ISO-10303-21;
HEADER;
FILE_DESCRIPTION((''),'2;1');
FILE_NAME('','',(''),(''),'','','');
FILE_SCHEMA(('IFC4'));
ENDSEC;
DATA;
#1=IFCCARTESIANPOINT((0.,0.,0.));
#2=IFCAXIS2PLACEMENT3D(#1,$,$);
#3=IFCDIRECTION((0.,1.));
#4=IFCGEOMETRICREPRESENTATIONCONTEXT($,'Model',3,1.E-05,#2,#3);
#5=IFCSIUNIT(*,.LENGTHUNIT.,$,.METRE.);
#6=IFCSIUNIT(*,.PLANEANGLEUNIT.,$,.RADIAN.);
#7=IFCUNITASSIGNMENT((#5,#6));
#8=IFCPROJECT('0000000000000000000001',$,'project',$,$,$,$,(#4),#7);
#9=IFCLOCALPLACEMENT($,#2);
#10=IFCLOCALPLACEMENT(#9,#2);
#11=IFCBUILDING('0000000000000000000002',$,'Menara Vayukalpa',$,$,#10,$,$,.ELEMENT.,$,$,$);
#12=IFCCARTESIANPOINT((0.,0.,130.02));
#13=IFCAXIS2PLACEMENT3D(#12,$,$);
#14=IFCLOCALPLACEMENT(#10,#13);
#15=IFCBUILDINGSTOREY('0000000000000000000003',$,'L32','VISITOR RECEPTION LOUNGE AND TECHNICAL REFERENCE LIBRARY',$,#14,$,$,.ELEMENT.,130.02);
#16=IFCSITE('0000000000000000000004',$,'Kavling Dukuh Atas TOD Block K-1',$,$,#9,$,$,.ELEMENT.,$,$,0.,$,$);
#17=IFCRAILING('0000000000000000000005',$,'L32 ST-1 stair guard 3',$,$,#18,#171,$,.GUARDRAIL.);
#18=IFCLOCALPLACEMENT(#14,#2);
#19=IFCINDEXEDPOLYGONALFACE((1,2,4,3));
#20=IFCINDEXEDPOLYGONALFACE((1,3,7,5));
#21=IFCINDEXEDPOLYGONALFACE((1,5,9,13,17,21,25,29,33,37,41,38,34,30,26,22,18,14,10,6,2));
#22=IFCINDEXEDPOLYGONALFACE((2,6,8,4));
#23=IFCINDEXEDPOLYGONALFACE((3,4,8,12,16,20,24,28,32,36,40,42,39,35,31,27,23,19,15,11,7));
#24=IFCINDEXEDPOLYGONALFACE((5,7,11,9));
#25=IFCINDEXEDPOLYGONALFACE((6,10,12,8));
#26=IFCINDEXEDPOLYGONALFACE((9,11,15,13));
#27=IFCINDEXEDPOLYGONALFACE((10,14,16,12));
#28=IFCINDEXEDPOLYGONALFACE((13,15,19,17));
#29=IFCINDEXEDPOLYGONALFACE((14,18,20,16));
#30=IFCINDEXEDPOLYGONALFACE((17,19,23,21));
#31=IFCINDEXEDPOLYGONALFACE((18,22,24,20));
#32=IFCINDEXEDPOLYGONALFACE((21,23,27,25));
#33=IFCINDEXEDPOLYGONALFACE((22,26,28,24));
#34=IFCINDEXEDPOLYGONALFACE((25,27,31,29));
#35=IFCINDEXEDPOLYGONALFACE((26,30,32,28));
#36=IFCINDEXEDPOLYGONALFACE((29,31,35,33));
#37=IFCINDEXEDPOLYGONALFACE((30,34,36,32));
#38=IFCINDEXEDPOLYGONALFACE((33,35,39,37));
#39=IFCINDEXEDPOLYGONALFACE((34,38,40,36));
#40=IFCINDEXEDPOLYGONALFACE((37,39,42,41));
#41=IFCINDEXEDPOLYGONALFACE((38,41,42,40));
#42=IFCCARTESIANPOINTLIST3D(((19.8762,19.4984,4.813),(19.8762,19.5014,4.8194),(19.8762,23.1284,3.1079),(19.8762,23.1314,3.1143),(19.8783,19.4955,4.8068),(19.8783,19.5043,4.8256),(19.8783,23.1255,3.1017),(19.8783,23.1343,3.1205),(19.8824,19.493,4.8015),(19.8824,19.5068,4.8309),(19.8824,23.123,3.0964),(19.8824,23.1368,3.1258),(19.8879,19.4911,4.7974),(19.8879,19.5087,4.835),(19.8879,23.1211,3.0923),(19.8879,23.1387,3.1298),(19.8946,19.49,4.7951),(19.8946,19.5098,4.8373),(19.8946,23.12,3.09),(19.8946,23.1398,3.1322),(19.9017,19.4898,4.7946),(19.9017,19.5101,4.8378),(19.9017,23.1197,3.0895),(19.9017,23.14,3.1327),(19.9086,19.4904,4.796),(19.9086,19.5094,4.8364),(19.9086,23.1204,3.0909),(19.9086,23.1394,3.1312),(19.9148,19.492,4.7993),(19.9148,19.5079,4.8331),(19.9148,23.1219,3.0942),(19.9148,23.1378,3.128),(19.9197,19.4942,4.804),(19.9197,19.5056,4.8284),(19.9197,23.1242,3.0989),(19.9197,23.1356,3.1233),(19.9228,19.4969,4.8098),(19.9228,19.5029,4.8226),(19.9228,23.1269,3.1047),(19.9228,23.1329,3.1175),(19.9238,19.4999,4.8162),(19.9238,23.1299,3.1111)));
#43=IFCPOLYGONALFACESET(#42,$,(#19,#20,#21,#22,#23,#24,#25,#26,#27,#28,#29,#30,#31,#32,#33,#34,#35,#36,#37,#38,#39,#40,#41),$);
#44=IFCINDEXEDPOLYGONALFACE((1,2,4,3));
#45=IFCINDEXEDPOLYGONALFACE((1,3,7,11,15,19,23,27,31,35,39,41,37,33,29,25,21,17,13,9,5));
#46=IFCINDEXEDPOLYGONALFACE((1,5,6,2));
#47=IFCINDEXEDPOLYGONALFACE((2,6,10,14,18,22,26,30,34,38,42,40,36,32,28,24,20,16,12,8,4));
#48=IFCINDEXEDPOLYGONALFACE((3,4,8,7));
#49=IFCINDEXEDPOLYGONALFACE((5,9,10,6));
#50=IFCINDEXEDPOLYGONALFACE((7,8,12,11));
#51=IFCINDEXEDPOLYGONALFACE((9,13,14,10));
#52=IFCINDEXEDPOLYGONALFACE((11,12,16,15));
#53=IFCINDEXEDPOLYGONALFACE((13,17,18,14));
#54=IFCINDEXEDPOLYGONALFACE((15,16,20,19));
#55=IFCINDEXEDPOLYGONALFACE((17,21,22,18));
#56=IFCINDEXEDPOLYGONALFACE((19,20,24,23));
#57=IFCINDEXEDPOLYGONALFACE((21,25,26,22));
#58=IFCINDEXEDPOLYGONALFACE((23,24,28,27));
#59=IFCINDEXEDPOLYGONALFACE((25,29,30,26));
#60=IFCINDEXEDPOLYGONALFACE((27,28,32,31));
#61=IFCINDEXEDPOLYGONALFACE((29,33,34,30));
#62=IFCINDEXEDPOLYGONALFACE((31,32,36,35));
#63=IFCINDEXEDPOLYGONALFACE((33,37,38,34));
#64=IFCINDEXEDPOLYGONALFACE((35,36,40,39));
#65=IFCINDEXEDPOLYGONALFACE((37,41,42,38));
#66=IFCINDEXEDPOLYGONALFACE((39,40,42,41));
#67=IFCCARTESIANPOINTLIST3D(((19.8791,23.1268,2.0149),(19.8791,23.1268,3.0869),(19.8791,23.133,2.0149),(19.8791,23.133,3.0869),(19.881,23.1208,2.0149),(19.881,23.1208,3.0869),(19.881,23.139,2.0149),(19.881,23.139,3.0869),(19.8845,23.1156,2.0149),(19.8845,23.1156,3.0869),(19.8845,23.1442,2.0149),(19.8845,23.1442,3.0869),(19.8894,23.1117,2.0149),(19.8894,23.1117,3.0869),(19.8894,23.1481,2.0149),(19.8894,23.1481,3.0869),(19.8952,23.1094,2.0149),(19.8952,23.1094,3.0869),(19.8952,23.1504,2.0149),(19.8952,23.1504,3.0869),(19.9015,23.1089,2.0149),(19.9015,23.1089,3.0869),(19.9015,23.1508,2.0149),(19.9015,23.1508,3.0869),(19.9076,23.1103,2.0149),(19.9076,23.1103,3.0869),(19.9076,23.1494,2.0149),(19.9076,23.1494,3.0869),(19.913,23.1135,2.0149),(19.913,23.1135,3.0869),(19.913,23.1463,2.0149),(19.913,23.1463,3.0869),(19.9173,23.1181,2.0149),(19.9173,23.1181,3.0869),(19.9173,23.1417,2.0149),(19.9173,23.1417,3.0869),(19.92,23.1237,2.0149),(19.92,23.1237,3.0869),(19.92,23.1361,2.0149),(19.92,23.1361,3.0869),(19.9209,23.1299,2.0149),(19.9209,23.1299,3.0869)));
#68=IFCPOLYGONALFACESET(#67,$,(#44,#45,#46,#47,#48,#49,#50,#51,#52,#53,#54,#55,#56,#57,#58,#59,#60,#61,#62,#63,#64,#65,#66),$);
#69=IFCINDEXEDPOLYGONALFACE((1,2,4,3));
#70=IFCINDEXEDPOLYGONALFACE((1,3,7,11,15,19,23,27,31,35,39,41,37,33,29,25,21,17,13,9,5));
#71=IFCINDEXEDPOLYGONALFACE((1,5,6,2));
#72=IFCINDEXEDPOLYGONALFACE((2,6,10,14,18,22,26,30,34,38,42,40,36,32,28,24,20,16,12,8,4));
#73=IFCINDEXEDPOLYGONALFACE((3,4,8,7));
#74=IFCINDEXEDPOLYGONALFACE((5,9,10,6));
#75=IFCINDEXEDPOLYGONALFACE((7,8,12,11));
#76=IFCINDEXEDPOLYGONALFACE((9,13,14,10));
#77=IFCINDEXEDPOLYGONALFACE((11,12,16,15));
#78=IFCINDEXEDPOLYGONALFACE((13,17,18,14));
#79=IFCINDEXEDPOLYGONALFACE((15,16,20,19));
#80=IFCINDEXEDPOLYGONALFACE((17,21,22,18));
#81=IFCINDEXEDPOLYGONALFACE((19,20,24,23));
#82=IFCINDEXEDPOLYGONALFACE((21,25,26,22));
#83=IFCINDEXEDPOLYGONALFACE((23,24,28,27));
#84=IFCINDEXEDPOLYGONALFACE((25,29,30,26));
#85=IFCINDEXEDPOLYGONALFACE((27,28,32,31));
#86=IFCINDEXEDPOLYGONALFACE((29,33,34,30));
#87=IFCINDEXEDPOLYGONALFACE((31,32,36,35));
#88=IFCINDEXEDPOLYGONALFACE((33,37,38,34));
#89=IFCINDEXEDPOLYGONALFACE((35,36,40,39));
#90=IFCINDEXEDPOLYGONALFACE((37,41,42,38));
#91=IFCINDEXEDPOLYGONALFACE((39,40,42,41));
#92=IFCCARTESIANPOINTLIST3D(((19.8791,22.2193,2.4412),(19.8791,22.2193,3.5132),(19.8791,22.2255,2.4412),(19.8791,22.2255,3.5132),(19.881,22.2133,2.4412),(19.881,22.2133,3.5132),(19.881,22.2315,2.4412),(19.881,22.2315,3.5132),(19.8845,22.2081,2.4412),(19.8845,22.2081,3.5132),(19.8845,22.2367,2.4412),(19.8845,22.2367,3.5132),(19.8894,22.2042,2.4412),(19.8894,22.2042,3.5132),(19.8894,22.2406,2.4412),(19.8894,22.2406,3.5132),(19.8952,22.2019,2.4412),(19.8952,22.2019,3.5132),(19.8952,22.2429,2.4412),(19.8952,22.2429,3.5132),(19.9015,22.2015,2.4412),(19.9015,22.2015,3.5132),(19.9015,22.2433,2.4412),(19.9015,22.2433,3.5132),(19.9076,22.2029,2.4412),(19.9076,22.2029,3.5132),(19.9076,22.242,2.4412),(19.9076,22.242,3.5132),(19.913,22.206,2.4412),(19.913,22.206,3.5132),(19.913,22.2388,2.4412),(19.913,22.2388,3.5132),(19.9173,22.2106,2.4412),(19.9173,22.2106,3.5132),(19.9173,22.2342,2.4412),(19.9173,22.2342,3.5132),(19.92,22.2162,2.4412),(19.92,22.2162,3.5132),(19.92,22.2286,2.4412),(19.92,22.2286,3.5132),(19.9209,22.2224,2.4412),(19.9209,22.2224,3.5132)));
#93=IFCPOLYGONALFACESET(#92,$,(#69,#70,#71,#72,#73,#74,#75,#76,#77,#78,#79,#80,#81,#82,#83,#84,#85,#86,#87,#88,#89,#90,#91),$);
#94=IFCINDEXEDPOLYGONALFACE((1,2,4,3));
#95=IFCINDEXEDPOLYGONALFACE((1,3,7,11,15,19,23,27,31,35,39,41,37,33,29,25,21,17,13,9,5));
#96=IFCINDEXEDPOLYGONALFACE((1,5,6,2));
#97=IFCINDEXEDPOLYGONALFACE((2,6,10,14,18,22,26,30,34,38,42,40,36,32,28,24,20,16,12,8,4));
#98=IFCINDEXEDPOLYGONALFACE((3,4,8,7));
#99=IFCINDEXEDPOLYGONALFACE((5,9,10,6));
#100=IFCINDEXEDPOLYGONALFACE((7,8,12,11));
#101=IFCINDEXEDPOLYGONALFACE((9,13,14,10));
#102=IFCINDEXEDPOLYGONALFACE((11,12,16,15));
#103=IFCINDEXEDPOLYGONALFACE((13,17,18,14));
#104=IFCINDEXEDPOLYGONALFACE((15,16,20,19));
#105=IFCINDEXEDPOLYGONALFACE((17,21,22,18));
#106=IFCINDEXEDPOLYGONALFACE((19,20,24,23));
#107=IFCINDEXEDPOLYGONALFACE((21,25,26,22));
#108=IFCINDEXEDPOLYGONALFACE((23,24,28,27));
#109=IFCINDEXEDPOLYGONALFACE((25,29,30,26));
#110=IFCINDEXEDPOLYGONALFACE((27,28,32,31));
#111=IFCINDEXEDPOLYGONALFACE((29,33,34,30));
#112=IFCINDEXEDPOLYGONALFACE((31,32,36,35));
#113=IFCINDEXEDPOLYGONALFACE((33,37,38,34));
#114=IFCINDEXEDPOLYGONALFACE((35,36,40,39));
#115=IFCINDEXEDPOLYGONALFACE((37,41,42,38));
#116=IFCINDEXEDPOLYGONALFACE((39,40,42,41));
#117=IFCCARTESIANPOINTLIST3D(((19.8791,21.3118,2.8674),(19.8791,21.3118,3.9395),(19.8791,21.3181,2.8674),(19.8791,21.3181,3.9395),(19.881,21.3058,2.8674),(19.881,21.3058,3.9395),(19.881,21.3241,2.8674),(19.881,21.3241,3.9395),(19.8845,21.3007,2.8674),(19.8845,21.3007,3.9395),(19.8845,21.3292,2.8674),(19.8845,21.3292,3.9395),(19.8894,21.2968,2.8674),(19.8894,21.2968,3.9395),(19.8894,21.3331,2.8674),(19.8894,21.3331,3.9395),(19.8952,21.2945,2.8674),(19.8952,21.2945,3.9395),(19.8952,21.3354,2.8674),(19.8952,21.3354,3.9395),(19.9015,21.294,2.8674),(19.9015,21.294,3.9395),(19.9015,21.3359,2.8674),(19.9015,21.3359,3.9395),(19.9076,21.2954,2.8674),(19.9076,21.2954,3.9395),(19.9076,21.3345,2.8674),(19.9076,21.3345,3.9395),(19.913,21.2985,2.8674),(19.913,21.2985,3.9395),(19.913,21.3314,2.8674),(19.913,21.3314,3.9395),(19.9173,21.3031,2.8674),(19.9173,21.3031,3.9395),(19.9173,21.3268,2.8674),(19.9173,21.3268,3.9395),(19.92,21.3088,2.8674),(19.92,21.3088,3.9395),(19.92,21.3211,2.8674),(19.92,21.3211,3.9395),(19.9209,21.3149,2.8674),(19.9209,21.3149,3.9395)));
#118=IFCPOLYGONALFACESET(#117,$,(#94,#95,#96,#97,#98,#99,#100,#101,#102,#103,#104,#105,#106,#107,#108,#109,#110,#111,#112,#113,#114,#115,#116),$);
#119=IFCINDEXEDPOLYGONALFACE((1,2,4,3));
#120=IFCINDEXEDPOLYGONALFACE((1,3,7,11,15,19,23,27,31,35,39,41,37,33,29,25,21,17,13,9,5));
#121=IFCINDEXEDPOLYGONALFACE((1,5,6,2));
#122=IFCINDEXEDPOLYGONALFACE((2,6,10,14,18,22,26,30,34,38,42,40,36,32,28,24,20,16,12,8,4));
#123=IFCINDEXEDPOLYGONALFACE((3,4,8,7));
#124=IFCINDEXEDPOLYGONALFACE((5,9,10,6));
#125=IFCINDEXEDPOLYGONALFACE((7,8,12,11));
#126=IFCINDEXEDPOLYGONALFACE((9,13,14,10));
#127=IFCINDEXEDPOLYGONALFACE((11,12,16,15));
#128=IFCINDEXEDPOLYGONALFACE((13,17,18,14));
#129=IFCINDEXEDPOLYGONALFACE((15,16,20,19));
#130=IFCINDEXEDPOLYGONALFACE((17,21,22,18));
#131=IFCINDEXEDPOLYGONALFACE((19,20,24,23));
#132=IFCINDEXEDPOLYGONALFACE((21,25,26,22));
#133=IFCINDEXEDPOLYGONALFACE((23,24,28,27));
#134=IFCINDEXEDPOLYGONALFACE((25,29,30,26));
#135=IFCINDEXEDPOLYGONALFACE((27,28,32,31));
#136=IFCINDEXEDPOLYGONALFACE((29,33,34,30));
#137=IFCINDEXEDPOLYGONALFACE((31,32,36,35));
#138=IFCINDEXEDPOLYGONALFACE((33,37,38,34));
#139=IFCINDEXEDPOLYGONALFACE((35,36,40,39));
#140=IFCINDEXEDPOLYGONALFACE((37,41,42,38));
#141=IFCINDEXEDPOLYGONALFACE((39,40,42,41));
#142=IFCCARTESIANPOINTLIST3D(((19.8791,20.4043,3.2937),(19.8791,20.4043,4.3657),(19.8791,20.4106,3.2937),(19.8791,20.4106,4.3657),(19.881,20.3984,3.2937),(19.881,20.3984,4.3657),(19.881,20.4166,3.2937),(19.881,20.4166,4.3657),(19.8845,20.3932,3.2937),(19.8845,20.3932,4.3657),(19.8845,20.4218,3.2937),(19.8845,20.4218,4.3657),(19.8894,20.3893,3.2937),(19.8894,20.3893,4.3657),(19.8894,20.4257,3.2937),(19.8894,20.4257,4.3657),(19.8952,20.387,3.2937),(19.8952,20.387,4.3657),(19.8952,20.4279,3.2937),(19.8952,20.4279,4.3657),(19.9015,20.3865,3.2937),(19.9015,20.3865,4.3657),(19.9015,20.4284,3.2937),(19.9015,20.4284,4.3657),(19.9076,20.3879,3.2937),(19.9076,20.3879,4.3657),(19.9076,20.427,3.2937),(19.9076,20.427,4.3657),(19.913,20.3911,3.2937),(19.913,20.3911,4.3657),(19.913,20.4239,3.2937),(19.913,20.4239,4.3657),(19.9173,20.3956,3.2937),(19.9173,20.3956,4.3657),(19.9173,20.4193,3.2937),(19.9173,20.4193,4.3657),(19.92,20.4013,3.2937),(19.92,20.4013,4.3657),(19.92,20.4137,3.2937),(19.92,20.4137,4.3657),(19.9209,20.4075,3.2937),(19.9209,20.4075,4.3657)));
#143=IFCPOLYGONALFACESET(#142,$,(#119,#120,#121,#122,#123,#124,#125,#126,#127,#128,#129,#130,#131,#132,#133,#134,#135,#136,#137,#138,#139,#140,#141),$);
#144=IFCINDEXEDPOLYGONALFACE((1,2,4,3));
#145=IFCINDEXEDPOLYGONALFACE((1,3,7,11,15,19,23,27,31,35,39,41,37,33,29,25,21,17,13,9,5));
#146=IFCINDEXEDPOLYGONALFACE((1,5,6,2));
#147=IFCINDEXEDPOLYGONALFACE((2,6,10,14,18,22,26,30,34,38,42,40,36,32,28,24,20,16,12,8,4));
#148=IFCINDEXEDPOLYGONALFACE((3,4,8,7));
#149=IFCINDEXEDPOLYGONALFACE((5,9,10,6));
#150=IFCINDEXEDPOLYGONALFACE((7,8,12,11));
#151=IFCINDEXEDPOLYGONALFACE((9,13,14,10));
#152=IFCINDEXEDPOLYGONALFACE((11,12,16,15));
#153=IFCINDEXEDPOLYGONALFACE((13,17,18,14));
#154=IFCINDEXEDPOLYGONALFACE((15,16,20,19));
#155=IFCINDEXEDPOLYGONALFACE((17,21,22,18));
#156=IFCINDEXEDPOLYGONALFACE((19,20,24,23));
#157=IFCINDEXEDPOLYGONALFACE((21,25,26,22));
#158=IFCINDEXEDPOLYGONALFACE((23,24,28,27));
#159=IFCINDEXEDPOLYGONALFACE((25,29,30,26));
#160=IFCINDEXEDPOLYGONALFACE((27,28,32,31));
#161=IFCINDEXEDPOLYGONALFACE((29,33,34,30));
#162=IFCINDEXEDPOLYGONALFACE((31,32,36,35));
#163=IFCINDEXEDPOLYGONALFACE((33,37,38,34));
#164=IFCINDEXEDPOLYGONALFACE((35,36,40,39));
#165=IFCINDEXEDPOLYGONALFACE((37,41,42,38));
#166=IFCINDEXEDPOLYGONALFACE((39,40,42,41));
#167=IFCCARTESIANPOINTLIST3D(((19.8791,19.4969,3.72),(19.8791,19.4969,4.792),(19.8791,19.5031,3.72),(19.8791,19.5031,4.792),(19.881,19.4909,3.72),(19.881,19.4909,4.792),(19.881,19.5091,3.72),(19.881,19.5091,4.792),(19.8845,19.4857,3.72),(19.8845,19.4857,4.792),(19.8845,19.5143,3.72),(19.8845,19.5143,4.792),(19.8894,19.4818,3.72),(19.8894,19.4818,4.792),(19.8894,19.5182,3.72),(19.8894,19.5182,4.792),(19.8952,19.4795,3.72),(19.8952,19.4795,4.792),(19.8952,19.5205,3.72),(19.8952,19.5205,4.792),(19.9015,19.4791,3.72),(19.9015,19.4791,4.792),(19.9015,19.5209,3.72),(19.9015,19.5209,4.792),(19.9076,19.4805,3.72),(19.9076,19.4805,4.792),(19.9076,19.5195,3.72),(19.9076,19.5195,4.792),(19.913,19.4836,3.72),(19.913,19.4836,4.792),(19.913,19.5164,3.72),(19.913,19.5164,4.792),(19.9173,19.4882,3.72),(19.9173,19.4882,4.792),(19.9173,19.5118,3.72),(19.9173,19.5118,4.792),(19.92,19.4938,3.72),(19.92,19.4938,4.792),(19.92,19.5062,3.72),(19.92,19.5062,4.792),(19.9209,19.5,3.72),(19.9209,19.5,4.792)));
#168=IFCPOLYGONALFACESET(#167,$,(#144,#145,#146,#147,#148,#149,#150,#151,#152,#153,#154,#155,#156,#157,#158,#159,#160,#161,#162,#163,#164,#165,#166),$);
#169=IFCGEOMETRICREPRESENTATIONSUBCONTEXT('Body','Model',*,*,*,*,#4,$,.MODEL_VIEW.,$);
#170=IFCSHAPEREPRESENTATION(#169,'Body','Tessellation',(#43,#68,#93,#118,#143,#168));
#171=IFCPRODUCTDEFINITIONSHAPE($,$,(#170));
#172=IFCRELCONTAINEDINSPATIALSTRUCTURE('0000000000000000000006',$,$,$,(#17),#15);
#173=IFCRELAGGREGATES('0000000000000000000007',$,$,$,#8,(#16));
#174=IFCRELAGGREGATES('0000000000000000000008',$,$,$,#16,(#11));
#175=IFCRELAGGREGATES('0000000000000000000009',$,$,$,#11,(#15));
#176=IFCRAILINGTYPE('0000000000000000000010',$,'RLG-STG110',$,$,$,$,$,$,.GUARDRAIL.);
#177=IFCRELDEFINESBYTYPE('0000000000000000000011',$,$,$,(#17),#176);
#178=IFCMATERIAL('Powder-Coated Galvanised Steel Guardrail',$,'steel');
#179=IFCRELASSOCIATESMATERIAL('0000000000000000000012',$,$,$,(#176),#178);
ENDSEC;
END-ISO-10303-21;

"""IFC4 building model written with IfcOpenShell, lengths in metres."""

from ifc_helpers import new_model, si_unit, direction, frame, origin, origin_2d, place, context, subcontext, project, spatial, circle, extrude, material, type_object, element, save


model = new_model("IFC4")

# Units and contexts
model_context = context("Model", 3, precision=1e-05, world=origin(), true_north=direction((0.0, 1.0)))
body_context = subcontext(model_context, "Body", "Model", "MODEL_VIEW")
ifc_project = project(units=[si_unit("LENGTHUNIT", "METRE"), si_unit("PLANEANGLEUNIT", "RADIAN")], contexts=[model_context])

# Site, building, storey
site_placement = place(None, origin())
site = spatial("IfcSite", under=ifc_project, at=site_placement, Name="Kavling Dukuh Atas TOD Block K-1", CompositionType="ELEMENT", RefElevation=0.0)
building_placement = place(site_placement, origin())
building = spatial("IfcBuilding", under=site, at=building_placement, Name="Menara Vayukalpa", CompositionType="ELEMENT")
storey_placement = place(building_placement, frame((0.0, 0.0, 130.02)))
storey = spatial("IfcBuildingStorey", under=building, at=storey_placement, Name="L32", Description="VISITOR RECEPTION LOUNGE AND TECHNICAL REFERENCE LIBRARY", CompositionType="ELEMENT", Elevation=130.02)

# Railing
ifc_material_1 = material(Name="Powder-Coated Galvanised Steel Guardrail", Category="steel")
railing_type_1 = type_object("IfcRailingType", Name="RLG-STG110", PredefinedType="GUARDRAIL", material=ifc_material_1)
railing_1_placement = place(storey_placement, frame((19.8999, 23.1299, 2.0149)))
element("IfcRailing", 1, at=railing_1_placement, inside=storey, type_object=railing_type_1, Name="L32 ST-1 stair guard 3", PredefinedType="GUARDRAIL", context=body_context, shape_type="SweptSolid", body=[
    extrude(circle(Radius=0.0239, at=origin_2d()), frame((0.0, 0.0, 1.0962), z_axis=(0.0, -0.905116, 0.425164), x_axis=(1.0, 0.0, 0.0)), (0.0, 0.0, 1.0), 4.0105),
    extrude(circle(Radius=0.021, at=origin_2d()), origin(), (0.0, 0.0, 1.0), 1.072),
    extrude(circle(Radius=0.021, at=origin_2d()), frame((0.0, -0.9075, 0.4263)), (0.0, 0.0, 1.0), 1.072),
    extrude(circle(Radius=0.021, at=origin_2d()), frame((0.0, -1.8149, 0.8525)), (0.0, 0.0, 1.0), 1.072),
    extrude(circle(Radius=0.021, at=origin_2d()), frame((0.0, -2.7224, 1.2788)), (0.0, 0.0, 1.0), 1.072),
    extrude(circle(Radius=0.021, at=origin_2d()), frame((0.0, -3.6299, 1.7051)), (0.0, 0.0, 1.0), 1.072),
])

save(model, "model.ifc")
